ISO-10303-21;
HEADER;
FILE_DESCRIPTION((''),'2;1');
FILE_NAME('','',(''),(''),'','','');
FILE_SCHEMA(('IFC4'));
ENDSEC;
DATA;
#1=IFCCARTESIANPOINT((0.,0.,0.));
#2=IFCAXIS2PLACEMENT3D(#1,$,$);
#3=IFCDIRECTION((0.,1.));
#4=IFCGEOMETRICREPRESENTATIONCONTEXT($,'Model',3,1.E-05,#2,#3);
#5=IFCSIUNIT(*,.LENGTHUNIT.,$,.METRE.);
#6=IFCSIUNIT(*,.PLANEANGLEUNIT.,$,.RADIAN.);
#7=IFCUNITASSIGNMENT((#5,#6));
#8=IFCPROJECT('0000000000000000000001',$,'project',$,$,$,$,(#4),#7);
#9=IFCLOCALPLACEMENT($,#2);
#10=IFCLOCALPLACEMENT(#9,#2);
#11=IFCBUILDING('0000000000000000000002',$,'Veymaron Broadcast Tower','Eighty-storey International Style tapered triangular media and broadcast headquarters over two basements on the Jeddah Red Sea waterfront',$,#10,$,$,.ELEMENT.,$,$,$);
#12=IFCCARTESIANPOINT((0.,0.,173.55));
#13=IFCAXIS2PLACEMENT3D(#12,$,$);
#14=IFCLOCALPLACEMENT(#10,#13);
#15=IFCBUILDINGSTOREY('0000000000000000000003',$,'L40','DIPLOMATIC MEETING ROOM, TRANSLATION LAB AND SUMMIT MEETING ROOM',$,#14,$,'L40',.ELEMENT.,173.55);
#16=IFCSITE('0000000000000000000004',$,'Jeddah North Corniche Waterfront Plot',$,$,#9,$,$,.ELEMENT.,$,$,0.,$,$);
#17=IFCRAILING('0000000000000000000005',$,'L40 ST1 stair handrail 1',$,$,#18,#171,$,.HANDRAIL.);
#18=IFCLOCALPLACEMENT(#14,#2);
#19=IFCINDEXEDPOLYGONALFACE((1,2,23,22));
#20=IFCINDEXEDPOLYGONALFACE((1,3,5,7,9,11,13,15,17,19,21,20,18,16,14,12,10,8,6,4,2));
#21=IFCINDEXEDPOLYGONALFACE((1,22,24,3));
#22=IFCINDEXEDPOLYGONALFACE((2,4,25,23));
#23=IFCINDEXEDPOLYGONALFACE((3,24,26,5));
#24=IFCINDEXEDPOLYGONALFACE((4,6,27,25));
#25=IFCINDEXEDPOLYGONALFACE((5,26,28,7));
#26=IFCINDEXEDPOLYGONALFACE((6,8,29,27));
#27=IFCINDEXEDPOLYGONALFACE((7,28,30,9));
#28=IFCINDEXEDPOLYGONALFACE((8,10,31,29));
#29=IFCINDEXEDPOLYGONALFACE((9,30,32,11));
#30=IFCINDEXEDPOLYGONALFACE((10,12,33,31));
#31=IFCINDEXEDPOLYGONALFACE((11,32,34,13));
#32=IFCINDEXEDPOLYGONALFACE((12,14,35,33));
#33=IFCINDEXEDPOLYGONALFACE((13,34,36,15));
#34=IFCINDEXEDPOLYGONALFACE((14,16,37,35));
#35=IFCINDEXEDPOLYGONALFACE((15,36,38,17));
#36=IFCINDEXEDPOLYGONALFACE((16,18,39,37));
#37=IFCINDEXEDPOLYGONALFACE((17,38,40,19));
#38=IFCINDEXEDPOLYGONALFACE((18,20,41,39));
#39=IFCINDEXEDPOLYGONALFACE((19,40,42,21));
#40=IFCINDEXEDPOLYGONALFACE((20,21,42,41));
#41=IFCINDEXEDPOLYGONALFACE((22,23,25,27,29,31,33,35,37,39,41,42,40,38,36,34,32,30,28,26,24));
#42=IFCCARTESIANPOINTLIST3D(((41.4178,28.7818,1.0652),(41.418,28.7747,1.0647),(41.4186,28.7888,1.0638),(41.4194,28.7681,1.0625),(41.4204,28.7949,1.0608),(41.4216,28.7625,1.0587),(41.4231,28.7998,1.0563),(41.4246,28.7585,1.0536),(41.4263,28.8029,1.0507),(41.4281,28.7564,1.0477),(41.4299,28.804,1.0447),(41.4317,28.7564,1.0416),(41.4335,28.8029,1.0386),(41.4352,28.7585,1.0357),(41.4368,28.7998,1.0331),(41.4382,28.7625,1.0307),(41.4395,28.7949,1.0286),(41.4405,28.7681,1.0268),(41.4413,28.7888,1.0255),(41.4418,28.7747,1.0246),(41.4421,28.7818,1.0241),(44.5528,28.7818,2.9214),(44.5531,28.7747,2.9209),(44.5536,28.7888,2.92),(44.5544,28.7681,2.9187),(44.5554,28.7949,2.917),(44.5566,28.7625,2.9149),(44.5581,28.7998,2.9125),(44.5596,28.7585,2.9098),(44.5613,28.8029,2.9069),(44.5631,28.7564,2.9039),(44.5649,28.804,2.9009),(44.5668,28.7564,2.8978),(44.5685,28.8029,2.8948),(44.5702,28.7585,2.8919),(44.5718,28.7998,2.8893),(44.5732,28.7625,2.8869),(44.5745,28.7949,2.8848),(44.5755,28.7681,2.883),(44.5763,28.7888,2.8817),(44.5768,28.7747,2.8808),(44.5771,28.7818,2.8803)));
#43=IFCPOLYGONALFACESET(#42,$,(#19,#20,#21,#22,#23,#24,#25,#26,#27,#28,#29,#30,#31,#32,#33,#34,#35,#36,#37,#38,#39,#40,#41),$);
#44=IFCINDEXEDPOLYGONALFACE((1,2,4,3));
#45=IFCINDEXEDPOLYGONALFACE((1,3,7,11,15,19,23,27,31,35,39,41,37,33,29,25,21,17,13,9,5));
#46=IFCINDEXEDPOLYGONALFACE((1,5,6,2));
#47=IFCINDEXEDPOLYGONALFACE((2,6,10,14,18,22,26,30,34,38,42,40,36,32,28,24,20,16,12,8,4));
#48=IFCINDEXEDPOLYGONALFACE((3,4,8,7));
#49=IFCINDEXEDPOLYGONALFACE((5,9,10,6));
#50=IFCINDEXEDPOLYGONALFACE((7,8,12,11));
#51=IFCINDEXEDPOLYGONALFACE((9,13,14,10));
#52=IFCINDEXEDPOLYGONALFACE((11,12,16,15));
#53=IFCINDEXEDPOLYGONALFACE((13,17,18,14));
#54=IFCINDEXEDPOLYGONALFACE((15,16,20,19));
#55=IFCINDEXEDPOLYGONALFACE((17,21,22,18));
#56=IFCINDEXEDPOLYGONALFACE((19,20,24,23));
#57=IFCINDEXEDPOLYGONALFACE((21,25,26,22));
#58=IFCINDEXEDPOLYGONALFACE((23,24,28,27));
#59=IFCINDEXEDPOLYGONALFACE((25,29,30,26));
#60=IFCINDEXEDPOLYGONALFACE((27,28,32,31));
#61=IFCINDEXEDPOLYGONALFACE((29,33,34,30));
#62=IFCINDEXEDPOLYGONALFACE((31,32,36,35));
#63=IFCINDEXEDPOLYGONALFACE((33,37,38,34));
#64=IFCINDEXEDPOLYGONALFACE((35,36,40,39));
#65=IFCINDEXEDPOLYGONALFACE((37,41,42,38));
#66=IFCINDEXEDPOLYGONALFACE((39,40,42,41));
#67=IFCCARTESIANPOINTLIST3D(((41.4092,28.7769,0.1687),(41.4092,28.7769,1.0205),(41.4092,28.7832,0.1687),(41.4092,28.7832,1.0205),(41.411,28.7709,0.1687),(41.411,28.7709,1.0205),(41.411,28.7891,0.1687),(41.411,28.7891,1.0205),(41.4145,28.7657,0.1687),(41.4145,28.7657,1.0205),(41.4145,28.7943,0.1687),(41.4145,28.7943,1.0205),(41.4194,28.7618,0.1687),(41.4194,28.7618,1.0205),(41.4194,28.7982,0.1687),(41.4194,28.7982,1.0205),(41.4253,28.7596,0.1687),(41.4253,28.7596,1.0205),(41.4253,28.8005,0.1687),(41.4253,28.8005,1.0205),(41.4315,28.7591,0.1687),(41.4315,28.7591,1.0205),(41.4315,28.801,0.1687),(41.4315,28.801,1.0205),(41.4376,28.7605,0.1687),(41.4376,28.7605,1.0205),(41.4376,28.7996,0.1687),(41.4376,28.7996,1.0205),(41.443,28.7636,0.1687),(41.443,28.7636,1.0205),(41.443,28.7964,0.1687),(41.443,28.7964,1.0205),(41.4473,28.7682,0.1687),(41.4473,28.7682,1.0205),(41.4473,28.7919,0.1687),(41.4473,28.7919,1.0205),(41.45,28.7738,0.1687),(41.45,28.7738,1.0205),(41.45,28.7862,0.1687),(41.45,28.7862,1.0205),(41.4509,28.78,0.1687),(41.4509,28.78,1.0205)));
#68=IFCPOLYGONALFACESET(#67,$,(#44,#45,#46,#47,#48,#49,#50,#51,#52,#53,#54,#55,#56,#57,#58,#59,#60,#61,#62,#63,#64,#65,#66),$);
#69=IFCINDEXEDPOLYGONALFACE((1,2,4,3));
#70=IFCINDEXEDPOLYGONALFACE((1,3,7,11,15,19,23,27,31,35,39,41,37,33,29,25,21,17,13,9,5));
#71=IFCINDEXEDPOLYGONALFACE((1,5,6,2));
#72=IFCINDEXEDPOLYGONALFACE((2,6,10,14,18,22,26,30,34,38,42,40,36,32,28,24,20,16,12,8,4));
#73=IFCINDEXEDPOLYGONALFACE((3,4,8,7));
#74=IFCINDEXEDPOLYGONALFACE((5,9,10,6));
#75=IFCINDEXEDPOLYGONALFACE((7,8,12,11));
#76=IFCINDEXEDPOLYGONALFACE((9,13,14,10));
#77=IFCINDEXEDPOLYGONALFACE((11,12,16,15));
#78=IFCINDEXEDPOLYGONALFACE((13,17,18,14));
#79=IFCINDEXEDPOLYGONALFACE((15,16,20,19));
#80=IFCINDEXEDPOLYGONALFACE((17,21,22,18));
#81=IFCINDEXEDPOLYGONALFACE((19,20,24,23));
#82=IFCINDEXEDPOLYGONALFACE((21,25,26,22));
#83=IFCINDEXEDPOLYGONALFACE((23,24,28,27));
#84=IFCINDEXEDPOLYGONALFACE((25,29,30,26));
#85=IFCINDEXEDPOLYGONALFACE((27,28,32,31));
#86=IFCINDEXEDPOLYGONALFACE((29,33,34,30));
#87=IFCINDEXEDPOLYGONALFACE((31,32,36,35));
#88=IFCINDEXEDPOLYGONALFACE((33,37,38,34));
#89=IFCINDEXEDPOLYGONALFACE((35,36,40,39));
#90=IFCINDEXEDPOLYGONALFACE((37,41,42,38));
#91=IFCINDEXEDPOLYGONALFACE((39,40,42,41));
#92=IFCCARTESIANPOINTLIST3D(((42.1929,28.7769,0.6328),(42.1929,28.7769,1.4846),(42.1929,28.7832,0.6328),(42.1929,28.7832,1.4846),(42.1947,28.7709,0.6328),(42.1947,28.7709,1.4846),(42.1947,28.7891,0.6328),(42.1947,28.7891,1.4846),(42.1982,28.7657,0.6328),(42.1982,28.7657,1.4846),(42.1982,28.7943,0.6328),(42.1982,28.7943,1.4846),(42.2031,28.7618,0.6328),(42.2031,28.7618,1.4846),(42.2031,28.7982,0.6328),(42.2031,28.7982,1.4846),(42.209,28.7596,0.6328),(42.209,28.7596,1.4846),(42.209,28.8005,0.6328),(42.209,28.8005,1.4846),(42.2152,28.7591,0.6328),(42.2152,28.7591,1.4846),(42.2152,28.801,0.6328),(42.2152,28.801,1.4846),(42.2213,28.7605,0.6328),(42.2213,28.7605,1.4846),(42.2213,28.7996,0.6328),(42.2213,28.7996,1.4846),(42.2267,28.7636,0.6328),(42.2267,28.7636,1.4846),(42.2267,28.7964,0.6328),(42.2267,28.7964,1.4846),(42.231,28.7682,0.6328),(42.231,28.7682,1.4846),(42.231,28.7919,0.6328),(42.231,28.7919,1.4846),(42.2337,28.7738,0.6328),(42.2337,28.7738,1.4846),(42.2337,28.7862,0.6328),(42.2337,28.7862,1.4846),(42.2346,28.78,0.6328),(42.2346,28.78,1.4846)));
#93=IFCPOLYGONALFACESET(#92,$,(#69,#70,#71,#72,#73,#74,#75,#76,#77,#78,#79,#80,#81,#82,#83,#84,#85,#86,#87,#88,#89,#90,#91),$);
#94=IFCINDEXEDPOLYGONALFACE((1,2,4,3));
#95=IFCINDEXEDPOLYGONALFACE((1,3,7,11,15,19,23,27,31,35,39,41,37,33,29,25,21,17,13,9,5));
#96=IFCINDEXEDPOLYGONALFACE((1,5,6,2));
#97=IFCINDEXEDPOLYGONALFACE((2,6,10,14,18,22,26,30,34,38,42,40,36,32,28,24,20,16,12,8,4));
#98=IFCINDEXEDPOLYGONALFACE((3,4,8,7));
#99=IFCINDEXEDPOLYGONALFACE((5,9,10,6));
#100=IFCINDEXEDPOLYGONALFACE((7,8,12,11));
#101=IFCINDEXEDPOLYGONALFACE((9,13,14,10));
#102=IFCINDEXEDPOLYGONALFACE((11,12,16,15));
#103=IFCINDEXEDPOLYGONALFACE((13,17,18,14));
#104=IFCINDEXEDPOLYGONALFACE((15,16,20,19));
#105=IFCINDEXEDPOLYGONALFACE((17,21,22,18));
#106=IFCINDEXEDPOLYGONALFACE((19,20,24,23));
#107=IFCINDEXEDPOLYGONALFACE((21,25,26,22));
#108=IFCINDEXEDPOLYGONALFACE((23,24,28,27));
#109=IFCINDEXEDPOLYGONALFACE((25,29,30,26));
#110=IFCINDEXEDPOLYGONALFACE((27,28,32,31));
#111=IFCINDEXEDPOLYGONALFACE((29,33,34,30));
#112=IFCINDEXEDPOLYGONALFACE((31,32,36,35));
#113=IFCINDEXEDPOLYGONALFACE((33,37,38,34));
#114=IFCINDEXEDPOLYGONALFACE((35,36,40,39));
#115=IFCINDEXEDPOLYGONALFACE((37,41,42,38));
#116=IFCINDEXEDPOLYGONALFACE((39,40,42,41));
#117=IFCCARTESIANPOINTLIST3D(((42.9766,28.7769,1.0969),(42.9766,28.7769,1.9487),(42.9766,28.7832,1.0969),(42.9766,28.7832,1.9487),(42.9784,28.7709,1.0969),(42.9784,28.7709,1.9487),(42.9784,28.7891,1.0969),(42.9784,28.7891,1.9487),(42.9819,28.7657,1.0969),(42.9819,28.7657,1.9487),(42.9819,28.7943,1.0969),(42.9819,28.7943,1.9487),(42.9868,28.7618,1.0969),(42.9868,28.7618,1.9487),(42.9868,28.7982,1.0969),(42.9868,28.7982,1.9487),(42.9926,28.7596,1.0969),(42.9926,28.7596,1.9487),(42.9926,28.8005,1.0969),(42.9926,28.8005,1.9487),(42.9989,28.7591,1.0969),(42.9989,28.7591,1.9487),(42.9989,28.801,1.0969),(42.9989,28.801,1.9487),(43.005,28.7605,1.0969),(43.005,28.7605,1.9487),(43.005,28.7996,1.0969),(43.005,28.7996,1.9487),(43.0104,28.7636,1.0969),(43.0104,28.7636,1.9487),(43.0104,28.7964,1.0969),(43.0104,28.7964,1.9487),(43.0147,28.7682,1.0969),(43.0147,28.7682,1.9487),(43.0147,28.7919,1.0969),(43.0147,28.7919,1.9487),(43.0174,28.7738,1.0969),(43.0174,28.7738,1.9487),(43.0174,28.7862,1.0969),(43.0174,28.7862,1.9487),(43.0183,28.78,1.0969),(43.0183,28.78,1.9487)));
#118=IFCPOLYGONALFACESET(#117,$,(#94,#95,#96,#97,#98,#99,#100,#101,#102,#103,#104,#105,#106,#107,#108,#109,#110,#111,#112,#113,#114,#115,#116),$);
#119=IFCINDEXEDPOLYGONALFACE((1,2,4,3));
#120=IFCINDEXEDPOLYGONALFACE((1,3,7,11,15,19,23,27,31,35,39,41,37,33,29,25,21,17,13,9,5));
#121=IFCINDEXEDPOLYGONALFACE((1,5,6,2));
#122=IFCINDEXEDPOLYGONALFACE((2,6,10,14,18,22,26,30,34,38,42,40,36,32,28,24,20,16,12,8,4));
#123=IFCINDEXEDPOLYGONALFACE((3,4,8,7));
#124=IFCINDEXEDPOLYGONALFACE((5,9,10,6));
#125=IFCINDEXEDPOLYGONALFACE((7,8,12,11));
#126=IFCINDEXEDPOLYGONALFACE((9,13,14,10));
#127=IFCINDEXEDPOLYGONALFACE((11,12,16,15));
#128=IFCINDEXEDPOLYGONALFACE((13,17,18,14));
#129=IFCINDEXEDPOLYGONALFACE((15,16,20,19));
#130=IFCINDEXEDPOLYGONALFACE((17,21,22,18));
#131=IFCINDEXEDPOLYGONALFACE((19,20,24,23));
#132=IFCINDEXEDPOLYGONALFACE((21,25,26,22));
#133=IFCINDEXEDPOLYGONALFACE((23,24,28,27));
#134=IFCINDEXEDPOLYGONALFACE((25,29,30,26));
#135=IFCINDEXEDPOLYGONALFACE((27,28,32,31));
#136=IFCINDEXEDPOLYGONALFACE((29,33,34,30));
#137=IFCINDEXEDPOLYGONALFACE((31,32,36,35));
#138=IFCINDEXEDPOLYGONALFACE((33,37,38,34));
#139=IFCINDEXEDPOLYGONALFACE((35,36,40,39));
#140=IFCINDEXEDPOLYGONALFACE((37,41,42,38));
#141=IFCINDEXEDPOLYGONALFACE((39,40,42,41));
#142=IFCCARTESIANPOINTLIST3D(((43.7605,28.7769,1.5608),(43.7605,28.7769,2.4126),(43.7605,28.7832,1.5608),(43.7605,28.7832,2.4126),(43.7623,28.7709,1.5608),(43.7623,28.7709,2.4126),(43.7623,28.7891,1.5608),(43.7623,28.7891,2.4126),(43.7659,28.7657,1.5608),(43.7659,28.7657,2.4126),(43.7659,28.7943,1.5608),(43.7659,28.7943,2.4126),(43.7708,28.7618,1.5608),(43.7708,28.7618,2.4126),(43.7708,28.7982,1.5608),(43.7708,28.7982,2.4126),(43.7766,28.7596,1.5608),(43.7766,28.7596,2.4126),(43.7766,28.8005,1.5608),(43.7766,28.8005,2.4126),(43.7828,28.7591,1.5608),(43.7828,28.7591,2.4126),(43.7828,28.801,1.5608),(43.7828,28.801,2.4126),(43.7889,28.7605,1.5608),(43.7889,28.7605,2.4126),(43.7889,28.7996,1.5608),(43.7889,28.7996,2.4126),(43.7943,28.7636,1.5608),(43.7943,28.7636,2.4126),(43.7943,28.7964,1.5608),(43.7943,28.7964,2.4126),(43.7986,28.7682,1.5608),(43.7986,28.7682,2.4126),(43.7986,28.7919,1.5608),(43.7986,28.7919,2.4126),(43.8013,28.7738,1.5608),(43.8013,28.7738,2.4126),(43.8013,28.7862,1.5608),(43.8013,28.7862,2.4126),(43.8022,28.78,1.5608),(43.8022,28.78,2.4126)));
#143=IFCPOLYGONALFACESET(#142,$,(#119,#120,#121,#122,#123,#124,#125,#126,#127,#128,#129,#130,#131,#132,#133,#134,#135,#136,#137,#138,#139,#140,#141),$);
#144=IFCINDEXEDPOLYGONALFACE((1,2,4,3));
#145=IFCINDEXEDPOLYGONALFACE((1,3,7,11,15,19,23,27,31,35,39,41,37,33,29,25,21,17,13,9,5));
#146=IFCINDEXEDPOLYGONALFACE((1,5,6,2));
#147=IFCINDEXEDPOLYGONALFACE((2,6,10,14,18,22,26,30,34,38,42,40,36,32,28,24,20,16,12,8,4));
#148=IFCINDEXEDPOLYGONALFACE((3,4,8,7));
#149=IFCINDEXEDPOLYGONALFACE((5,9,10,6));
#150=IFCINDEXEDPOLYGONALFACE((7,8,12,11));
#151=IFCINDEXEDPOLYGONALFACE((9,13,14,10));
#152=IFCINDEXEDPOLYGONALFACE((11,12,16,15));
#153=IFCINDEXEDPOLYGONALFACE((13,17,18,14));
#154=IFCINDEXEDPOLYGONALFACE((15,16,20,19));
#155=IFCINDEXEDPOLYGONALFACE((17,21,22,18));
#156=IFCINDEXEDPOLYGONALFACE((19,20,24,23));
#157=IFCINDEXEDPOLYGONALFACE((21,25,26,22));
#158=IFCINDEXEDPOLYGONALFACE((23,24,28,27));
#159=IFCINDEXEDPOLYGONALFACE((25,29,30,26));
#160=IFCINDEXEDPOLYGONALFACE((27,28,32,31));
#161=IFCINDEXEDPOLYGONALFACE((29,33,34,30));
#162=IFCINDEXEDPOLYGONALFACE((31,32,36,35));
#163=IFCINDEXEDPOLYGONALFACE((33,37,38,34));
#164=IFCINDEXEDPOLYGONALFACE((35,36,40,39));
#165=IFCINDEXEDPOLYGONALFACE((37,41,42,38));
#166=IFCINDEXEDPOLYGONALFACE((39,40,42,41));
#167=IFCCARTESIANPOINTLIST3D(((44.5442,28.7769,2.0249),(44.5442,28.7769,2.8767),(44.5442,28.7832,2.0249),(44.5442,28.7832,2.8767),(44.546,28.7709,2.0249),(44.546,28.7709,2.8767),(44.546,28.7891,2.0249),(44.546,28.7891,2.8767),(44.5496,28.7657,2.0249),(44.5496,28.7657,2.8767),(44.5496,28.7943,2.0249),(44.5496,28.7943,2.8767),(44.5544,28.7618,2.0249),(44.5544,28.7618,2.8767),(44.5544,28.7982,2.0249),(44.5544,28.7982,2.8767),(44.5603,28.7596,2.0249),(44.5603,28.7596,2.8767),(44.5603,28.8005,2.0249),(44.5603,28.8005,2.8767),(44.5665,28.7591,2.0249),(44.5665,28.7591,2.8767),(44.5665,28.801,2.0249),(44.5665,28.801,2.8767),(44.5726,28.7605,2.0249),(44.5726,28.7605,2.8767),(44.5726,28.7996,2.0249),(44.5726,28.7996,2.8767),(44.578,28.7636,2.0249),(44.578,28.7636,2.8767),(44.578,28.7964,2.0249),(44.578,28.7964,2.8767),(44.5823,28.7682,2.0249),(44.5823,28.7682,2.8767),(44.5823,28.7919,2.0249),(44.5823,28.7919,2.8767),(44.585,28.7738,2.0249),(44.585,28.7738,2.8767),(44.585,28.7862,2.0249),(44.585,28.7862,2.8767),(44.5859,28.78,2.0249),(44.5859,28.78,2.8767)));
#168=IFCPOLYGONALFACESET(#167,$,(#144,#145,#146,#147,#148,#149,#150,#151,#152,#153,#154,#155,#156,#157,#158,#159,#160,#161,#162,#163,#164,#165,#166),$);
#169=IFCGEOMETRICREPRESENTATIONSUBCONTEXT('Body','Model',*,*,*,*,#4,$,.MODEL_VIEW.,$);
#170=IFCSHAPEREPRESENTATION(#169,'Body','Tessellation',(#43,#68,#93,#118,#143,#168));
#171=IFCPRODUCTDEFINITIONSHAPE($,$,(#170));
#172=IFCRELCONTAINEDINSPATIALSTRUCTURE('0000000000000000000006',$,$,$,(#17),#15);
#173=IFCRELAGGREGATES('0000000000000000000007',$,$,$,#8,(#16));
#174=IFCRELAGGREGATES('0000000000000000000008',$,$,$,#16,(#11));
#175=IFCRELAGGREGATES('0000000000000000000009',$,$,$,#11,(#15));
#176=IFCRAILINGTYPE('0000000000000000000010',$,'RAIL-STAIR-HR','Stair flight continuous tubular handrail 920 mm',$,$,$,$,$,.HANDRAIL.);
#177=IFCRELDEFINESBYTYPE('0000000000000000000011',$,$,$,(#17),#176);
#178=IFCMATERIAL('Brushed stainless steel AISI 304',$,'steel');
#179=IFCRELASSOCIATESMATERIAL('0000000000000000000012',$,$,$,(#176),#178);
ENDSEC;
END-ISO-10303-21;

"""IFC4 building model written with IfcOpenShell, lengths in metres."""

from ifc_helpers import new_model, si_unit, direction, frame, origin, origin_2d, place, context, subcontext, project, spatial, circle, extrude, material, type_object, element, save


model = new_model("IFC4")

# Units and contexts
model_context = context("Model", 3, precision=1e-05, world=origin(), true_north=direction((0.0, 1.0)))
body_context = subcontext(model_context, "Body", "Model", "MODEL_VIEW")
ifc_project = project(units=[si_unit("LENGTHUNIT", "METRE"), si_unit("PLANEANGLEUNIT", "RADIAN")], contexts=[model_context])

# Site, building, storey
site_placement = place(None, origin())
site = spatial("IfcSite", under=ifc_project, at=site_placement, Name="Jeddah North Corniche Waterfront Plot", CompositionType="ELEMENT", RefElevation=0.0)
building_placement = place(site_placement, origin())
building = spatial("IfcBuilding", under=site, at=building_placement, Name="Veymaron Broadcast Tower", Description="Eighty-storey International Style tapered triangular media and broadcast headquarters over two basements on the Jeddah Red Sea waterfront", CompositionType="ELEMENT")
storey_placement = place(building_placement, frame((0.0, 0.0, 173.55)))
storey = spatial("IfcBuildingStorey", under=building, at=storey_placement, Name="L40", Description="DIPLOMATIC MEETING ROOM, TRANSLATION LAB AND SUMMIT MEETING ROOM", LongName="L40", CompositionType="ELEMENT", Elevation=173.55)

# Railing
ifc_material_1 = material(Name="Brushed stainless steel AISI 304", Category="steel")
railing_type_1 = type_object("IfcRailingType", Name="RAIL-STAIR-HR", Description="Stair flight continuous tubular handrail 920 mm", PredefinedType="HANDRAIL", material=ifc_material_1)
railing_1_placement = place(storey_placement, frame((41.4299, 28.78, 0.1687)))
element("IfcRailing", 1, at=railing_1_placement, inside=storey, type_object=railing_type_1, Name="L40 ST1 stair handrail 1", PredefinedType="HANDRAIL", context=body_context, shape_type="SweptSolid", body=[
    extrude(circle(Radius=0.0239, at=origin_2d()), frame((0.0, 0.0, 0.876), z_axis=(0.860482, 0.0, 0.509481), x_axis=(0.0, 1.0, 0.0)), (0.0, 0.0, 1.0), 3.6433),
    extrude(circle(Radius=0.021, at=origin_2d()), origin(), (0.0, 0.0, 1.0), 0.8518),
    extrude(circle(Radius=0.021, at=origin_2d()), frame((0.7837, 0.0, 0.4641)), (0.0, 0.0, 1.0), 0.8518),
    extrude(circle(Radius=0.021, at=origin_2d()), frame((1.5674, 0.0, 0.9282)), (0.0, 0.0, 1.0), 0.8518),
    extrude(circle(Radius=0.021, at=origin_2d()), frame((2.3513, 0.0, 1.3921)), (0.0, 0.0, 1.0), 0.8518),
    extrude(circle(Radius=0.021, at=origin_2d()), frame((3.135, 0.0, 1.8562)), (0.0, 0.0, 1.0), 0.8518),
])

save(model, "model.ifc")
